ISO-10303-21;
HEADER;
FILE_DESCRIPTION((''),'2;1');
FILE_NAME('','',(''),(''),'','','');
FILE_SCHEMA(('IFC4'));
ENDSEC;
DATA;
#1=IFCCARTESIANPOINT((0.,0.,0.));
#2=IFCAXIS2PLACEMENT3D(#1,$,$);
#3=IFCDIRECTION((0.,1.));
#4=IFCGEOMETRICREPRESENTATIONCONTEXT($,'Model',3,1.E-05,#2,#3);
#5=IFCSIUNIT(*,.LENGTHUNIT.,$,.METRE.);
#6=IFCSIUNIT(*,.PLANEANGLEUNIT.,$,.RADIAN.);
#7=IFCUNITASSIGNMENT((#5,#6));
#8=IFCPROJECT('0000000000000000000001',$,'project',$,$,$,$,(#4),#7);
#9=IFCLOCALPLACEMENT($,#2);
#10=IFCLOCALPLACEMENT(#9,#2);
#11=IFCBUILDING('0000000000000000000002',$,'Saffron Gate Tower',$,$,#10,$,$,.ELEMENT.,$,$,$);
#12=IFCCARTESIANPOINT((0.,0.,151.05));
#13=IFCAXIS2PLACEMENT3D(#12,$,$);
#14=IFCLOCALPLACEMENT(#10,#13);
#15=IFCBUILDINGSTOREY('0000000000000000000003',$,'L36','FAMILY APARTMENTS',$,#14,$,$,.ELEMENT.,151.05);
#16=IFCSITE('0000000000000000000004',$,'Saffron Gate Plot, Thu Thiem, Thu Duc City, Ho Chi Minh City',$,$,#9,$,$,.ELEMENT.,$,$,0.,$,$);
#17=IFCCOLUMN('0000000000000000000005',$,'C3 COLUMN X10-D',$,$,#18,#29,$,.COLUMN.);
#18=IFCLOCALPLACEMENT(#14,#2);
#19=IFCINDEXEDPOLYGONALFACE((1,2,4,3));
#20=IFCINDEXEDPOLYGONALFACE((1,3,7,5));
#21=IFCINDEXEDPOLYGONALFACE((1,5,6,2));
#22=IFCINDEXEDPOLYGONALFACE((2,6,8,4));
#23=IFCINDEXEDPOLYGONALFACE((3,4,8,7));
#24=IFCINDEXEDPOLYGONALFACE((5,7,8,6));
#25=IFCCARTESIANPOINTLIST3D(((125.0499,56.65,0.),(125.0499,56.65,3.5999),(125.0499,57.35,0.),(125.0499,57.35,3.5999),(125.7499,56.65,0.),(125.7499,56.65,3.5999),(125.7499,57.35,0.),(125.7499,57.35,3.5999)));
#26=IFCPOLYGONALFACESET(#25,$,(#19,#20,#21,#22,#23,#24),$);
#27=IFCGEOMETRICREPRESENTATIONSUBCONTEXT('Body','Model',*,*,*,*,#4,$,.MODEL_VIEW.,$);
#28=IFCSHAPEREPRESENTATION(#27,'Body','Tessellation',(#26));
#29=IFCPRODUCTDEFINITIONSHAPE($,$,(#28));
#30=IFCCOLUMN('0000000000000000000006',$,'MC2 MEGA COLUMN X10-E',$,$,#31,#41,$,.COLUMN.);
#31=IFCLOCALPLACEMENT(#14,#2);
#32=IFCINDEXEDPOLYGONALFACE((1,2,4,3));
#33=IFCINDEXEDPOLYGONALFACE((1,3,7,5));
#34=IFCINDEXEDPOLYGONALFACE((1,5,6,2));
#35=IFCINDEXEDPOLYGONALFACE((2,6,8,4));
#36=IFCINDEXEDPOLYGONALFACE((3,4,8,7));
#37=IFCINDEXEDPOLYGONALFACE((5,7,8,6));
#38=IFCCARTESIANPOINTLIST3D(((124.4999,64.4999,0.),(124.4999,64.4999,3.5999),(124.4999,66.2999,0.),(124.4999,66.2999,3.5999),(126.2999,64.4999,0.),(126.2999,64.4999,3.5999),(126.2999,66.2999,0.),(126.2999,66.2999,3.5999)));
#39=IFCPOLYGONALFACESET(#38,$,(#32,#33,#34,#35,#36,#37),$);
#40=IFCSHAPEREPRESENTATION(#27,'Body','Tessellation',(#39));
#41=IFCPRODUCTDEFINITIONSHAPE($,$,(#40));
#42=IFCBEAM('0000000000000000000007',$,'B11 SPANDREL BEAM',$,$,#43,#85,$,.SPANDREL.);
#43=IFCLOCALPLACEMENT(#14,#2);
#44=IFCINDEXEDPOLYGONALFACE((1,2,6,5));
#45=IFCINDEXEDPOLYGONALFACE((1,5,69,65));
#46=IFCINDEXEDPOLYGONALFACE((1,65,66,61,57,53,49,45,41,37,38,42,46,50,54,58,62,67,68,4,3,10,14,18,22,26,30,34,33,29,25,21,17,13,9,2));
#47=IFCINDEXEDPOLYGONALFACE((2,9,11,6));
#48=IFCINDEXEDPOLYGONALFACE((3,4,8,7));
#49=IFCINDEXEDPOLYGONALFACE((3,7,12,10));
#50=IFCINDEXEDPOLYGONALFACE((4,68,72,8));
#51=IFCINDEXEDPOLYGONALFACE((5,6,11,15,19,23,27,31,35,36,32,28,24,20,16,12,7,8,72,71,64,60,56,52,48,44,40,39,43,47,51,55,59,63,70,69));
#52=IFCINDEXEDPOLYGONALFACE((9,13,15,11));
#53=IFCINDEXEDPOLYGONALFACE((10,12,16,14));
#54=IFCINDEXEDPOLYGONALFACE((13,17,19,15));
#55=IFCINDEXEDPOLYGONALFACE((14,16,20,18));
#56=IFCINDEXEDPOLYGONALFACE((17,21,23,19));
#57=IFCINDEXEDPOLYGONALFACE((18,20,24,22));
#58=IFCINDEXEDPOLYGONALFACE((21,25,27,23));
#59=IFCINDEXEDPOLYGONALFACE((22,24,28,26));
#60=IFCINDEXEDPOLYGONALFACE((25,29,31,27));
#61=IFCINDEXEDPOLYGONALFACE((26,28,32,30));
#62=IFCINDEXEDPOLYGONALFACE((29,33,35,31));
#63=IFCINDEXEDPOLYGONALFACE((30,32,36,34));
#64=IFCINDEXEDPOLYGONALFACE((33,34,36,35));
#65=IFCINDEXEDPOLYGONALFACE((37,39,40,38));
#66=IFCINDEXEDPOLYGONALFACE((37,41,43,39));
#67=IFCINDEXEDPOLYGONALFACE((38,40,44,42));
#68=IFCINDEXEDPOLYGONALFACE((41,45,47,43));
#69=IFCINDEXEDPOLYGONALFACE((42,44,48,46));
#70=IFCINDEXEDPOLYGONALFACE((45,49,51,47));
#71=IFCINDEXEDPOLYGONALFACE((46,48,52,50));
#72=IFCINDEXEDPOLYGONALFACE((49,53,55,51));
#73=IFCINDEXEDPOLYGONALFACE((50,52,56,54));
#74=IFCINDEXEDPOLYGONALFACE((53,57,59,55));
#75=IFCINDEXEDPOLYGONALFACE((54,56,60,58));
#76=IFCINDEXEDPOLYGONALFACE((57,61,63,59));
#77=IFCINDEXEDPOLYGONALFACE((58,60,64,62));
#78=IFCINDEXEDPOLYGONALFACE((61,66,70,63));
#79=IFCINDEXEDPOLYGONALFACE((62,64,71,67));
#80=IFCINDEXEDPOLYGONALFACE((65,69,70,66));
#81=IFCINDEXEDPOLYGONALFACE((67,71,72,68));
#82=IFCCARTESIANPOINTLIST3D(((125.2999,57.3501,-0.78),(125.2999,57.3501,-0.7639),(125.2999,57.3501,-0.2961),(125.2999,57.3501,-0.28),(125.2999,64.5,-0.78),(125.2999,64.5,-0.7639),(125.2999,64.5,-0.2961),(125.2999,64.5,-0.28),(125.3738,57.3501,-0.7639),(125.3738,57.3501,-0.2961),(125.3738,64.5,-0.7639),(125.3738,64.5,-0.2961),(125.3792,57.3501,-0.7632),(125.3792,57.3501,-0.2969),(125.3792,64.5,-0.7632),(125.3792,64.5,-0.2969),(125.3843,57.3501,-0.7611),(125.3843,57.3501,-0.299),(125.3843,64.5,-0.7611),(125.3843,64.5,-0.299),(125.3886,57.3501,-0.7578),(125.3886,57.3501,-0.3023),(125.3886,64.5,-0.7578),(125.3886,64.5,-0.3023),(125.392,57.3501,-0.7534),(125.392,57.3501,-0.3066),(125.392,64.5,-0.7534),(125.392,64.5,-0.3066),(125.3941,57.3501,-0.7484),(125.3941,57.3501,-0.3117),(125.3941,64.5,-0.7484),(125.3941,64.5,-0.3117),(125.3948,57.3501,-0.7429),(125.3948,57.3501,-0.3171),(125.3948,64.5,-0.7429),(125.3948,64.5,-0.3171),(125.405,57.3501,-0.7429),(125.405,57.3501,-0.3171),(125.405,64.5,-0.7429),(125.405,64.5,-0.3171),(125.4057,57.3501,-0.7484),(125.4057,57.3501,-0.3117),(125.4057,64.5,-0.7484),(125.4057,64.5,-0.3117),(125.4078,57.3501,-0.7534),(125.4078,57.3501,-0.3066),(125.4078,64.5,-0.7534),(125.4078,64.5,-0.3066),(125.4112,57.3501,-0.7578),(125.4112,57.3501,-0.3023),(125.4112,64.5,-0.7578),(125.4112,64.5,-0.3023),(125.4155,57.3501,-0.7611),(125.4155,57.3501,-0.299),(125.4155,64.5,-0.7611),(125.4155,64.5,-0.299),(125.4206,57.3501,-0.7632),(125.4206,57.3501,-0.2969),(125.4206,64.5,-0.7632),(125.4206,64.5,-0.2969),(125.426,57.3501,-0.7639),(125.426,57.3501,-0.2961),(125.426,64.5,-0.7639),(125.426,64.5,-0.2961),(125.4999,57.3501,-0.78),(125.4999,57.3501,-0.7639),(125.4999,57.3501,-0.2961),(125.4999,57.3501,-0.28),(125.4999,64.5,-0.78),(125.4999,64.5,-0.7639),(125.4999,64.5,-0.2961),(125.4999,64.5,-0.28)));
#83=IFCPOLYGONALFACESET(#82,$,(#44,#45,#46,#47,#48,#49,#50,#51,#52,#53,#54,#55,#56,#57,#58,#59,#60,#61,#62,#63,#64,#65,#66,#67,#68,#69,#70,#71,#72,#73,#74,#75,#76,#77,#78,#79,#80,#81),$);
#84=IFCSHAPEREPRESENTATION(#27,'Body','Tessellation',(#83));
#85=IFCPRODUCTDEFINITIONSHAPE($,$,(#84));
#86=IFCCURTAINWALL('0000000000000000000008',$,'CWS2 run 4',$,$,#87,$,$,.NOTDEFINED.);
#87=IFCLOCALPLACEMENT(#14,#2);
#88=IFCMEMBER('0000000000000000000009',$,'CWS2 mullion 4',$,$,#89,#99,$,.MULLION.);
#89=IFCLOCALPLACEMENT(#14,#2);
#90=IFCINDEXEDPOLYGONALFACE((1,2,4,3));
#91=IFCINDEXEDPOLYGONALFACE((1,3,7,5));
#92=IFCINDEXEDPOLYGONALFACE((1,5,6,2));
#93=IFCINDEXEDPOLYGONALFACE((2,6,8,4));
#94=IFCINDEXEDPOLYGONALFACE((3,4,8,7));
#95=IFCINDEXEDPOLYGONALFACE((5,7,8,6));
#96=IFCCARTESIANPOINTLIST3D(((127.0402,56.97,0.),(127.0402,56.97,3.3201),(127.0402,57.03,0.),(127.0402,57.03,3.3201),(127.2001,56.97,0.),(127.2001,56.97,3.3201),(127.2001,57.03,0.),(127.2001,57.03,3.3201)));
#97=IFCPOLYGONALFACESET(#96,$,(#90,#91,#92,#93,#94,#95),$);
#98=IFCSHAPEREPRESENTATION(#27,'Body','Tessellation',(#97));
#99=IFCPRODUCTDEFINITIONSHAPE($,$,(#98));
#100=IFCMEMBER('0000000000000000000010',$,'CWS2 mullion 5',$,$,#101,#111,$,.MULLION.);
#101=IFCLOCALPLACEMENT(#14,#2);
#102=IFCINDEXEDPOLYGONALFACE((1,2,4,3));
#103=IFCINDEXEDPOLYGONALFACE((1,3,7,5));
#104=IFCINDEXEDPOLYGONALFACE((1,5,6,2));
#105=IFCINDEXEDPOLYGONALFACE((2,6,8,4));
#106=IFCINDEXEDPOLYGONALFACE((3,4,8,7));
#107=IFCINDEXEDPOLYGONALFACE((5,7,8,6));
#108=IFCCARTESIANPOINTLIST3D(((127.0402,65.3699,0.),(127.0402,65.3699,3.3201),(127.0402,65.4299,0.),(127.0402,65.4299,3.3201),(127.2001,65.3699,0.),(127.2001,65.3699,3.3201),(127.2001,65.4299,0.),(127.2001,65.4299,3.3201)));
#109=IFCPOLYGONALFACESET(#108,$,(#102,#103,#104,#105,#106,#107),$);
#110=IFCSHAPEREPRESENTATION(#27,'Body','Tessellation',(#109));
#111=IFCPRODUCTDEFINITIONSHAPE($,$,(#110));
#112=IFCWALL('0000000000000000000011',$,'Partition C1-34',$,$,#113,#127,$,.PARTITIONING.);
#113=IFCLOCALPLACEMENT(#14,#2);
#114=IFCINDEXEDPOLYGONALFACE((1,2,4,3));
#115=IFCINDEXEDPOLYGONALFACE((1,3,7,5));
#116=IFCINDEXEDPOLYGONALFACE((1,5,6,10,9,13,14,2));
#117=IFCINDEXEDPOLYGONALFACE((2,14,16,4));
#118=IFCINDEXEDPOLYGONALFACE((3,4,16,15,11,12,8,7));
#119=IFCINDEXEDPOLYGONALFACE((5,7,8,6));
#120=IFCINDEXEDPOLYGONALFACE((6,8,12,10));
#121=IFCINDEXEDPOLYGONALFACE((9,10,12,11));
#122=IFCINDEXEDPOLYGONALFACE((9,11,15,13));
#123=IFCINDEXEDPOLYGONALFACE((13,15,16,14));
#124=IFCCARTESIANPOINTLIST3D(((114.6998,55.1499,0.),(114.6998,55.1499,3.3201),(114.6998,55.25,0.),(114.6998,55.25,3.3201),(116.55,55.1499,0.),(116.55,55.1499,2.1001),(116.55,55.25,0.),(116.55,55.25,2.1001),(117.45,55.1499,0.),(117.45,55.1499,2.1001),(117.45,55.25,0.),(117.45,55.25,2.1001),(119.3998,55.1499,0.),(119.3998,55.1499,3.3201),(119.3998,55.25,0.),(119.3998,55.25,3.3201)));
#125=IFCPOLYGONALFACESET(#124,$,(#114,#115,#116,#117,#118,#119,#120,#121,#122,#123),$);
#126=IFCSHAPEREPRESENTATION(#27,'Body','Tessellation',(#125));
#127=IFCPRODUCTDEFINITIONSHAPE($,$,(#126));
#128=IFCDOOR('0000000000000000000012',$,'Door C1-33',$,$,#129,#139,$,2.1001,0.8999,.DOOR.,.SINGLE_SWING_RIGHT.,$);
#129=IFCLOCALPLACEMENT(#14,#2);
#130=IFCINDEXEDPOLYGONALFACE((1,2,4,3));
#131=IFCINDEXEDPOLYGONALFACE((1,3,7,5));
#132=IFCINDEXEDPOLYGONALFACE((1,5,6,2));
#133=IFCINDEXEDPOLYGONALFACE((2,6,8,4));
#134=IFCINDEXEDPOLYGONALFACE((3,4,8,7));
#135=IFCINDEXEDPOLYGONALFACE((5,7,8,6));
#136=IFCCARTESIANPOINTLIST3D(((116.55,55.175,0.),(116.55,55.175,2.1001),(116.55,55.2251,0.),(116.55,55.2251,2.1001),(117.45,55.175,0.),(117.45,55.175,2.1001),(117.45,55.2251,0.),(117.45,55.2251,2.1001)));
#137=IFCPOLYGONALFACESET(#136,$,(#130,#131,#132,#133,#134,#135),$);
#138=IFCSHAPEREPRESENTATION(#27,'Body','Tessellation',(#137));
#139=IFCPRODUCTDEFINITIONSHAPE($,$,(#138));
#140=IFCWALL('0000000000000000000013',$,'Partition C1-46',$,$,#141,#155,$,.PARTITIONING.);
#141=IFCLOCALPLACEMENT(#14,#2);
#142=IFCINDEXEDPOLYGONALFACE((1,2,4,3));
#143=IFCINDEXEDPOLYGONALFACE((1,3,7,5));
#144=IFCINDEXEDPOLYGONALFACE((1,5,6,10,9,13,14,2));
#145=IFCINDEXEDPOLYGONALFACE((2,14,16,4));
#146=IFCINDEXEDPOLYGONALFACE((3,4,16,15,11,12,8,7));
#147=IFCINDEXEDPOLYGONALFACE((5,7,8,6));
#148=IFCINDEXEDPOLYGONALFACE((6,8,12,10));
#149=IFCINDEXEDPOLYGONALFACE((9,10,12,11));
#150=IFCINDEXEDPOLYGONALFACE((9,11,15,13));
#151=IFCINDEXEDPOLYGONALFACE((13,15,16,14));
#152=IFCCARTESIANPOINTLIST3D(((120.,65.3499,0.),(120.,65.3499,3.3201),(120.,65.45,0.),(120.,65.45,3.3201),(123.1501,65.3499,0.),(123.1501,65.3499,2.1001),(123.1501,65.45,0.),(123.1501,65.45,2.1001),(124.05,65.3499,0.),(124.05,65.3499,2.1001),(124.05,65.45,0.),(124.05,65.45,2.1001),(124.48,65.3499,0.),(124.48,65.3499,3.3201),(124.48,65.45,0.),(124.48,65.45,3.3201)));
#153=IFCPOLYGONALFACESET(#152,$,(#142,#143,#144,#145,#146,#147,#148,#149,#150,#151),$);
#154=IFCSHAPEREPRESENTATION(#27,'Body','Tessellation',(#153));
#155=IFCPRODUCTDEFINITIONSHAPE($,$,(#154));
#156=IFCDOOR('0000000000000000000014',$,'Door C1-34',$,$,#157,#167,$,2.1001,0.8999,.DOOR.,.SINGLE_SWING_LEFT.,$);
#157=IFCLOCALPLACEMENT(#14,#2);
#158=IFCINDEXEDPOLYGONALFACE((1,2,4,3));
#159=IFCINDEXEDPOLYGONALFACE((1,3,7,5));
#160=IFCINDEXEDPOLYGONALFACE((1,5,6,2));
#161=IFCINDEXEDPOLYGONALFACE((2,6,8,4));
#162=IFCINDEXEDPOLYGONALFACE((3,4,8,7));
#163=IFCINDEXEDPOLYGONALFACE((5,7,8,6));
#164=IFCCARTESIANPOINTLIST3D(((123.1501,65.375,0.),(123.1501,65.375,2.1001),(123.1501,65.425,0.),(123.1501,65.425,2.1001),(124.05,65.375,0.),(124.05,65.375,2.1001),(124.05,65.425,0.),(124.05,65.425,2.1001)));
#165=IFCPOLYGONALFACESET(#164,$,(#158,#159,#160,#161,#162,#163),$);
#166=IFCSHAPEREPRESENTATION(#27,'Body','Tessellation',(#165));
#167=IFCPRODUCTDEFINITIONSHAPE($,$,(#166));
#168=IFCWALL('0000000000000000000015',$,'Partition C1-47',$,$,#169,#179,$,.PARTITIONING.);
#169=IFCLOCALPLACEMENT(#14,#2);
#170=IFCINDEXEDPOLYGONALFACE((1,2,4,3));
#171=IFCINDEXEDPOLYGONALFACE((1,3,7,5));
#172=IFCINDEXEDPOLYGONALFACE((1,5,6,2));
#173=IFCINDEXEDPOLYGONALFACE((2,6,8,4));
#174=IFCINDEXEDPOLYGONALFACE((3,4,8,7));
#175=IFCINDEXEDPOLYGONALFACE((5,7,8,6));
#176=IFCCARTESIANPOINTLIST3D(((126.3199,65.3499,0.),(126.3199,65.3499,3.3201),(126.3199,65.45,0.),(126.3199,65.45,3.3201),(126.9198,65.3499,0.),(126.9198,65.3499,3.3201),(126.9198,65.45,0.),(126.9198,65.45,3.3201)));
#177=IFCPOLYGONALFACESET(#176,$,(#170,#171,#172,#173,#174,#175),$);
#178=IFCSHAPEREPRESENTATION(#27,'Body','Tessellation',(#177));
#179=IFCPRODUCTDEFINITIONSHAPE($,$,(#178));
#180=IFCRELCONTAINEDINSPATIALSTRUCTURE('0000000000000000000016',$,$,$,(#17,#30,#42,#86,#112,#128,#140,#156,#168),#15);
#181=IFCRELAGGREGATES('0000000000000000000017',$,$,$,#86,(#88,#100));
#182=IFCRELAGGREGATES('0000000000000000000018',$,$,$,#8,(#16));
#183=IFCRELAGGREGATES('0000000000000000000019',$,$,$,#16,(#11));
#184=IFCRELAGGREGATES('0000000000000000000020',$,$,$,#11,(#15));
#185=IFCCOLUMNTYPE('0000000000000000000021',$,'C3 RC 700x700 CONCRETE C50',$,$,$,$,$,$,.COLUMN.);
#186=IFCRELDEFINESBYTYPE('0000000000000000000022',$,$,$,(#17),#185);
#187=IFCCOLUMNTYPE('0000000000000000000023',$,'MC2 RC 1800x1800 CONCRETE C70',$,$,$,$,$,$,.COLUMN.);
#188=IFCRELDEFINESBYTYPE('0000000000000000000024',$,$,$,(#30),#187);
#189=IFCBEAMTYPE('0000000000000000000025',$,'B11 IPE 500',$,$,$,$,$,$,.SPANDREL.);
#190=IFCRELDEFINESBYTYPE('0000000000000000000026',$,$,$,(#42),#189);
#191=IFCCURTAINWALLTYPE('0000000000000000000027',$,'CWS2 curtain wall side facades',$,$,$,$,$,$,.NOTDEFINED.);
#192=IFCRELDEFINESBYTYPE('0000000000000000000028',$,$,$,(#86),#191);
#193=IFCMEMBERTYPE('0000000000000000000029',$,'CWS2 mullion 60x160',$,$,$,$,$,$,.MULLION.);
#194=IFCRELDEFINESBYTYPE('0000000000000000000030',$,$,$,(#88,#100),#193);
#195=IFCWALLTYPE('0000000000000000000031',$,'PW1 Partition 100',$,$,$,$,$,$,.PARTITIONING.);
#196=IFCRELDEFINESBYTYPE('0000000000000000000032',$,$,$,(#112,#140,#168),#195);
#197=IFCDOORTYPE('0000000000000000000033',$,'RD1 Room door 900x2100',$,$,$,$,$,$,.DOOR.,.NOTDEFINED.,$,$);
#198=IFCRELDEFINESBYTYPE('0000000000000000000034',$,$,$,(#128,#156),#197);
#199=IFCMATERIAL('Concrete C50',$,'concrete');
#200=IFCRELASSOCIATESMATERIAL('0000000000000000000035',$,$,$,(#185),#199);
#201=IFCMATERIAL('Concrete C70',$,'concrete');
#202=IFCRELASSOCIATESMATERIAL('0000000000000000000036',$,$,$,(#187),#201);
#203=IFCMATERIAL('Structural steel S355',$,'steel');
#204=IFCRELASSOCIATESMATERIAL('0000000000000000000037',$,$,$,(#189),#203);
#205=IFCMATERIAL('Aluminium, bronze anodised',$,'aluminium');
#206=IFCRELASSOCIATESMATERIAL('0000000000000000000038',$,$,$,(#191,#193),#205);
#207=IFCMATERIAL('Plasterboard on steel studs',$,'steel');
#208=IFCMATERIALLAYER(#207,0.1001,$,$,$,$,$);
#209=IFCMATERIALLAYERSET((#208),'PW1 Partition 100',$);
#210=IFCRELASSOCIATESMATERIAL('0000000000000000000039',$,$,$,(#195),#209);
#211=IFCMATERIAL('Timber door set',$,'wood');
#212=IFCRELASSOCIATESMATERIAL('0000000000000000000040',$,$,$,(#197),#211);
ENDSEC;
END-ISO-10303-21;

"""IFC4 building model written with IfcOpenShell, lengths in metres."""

from ifc_helpers import new_model, si_unit, direction, frame, frame_2d, origin, origin_2d, place, context, subcontext, project, spatial, rectangle, i_section, extrude, material, layer, layer_set, material_profile, profile_set, type_object, element, fill, aggregate, save


model = new_model("IFC4")

# Units and contexts
model_context = context("Model", 3, precision=1e-05, world=origin(), true_north=direction((0.0, 1.0)))
body_context = subcontext(model_context, "Body", "Model", "MODEL_VIEW")
ifc_project = project(units=[si_unit("LENGTHUNIT", "METRE"), si_unit("PLANEANGLEUNIT", "RADIAN")], contexts=[model_context])

# Site, building, storey
site_placement = place(None, origin())
site = spatial("IfcSite", under=ifc_project, at=site_placement, Name="Saffron Gate Plot, Thu Thiem, Thu Duc City, Ho Chi Minh City", CompositionType="ELEMENT", RefElevation=0.0)
building_placement = place(site_placement, origin())
building = spatial("IfcBuilding", under=site, at=building_placement, Name="Saffron Gate Tower", CompositionType="ELEMENT")
storey_placement = place(building_placement, frame((0.0, 0.0, 151.05)))
storey = spatial("IfcBuildingStorey", under=building, at=storey_placement, Name="L36", Description="FAMILY APARTMENTS", CompositionType="ELEMENT", Elevation=151.05)

# Columns
ifc_material_1 = material(Name="Concrete C50", Category="concrete")
ifc_material_profile_1 = material_profile(ifc_material_1, rectangle(XDim=0.7, YDim=0.7, at=origin_2d()))
ifc_profile_set_1 = profile_set([ifc_material_profile_1], Name="Concrete C50")
column_type_1 = type_object("IfcColumnType", Name="C3 RC 700x700 CONCRETE C50", PredefinedType="COLUMN", material=ifc_profile_set_1)
column_1_placement = place(storey_placement, frame((125.3999, 57.0, 0.0), z_axis=(0.0, 0.0, 1.0), x_axis=(1.0, 0.0, 0.0)))
element("IfcColumn", 1, at=column_1_placement, inside=storey, type_object=column_type_1, Name="C3 COLUMN X10-D", PredefinedType="COLUMN", context=body_context, shape_type="SweptSolid", body=[
    extrude(rectangle(XDim=0.7, YDim=0.7, at=origin_2d()), origin(), (0.0, 0.0, 1.0), 3.5999),
])
ifc_material_2 = material(Name="Concrete C70", Category="concrete")
ifc_material_profile_2 = material_profile(ifc_material_2, rectangle(XDim=1.8, YDim=1.8, at=origin_2d()))
ifc_profile_set_2 = profile_set([ifc_material_profile_2], Name="Concrete C70")
column_type_2 = type_object("IfcColumnType", Name="MC2 RC 1800x1800 CONCRETE C70", PredefinedType="COLUMN", material=ifc_profile_set_2)
column_2_placement = place(storey_placement, frame((125.3999, 65.3999, 0.0), z_axis=(0.0, 0.0, 1.0), x_axis=(1.0, 0.0, 0.0)))
element("IfcColumn", 2, at=column_2_placement, inside=storey, type_object=column_type_2, Name="MC2 MEGA COLUMN X10-E", PredefinedType="COLUMN", context=body_context, shape_type="SweptSolid", body=[
    extrude(rectangle(XDim=1.8, YDim=1.8, at=origin_2d()), origin(), (0.0, 0.0, 1.0), 3.5999),
])

# Beam
ifc_material_3 = material(Name="Structural steel S355", Category="steel")
ifc_material_profile_3 = material_profile(ifc_material_3, i_section(OverallWidth=0.2, OverallDepth=0.5, WebThickness=0.0103, FlangeThickness=0.0161, FilletRadius=0.021, at=origin_2d()))
ifc_profile_set_3 = profile_set([ifc_material_profile_3], Name="Structural steel S355")
beam_type = type_object("IfcBeamType", Name="B11 IPE 500", PredefinedType="SPANDREL", material=ifc_profile_set_3)
beam_placement = place(storey_placement, frame((125.3999, 57.3501, -0.53), z_axis=(0.0, 1.0, 0.0), x_axis=(-1.0, 0.0, 0.0)))
element("IfcBeam", 3, at=beam_placement, inside=storey, type_object=beam_type, Name="B11 SPANDREL BEAM", PredefinedType="SPANDREL", context=body_context, shape_type="SweptSolid", body=[
    extrude(i_section(OverallWidth=0.2, OverallDepth=0.5, WebThickness=0.0103, FlangeThickness=0.0161, FilletRadius=0.021, at=origin_2d()), origin(), (0.0, 0.0, 1.0), 7.1499),
])

# Curtain wall, members
ifc_material_4 = material(Name="Aluminium, bronze anodised", Category="aluminium")
curtain_wall_type = type_object("IfcCurtainWallType", Name="CWS2 curtain wall side facades", PredefinedType="NOTDEFINED", material=ifc_material_4)
curtain_wall_placement = place(storey_placement, origin())
curtain_wall = element("IfcCurtainWall", 4, at=curtain_wall_placement, inside=storey, type_object=curtain_wall_type, Name="CWS2 run 4", PredefinedType="NOTDEFINED")
ifc_material_profile_4 = material_profile(ifc_material_4, rectangle(XDim=0.1599, YDim=0.0601, at=origin_2d()))
ifc_profile_set_4 = profile_set([ifc_material_profile_4], Name="Aluminium, bronze anodised")
member_type = type_object("IfcMemberType", Name="CWS2 mullion 60x160", PredefinedType="MULLION", material=ifc_profile_set_4)
member_1_placement = place(storey_placement, frame((127.1201, 57.0, 0.0), z_axis=(0.0, 0.0, 1.0), x_axis=(-1.0, 0.0, 0.0)))
member_1 = element("IfcMember", 5, at=member_1_placement, type_object=member_type, Name="CWS2 mullion 4", PredefinedType="MULLION", context=body_context, shape_type="SweptSolid", body=[
    extrude(rectangle(XDim=0.1599, YDim=0.0601, at=origin_2d()), origin(), (0.0, 0.0, 1.0), 3.3201),
])
member_2_placement = place(storey_placement, frame((127.1201, 65.3999, 0.0), z_axis=(0.0, 0.0, 1.0), x_axis=(-1.0, 0.0, 0.0)))
member_2 = element("IfcMember", 6, at=member_2_placement, type_object=member_type, Name="CWS2 mullion 5", PredefinedType="MULLION", context=body_context, shape_type="SweptSolid", body=[
    extrude(rectangle(XDim=0.1599, YDim=0.0601, at=origin_2d()), origin(), (0.0, 0.0, 1.0), 3.3201),
])
aggregate(curtain_wall, [member_1, member_2])

# Walls, openings, doors
ifc_material_5 = material(Name="Plasterboard on steel studs", Category="steel")
ifc_layer = layer(ifc_material_5, 0.1001)
ifc_layer_set = layer_set([ifc_layer], Name="PW1 Partition 100")
wall_type = type_object("IfcWallType", Name="PW1 Partition 100", PredefinedType="PARTITIONING", material=ifc_layer_set)
wall_1_placement = place(storey_placement, frame((119.3999, 55.2, 0.0), z_axis=(0.0, 0.0, 1.0), x_axis=(-1.0, 0.0, 0.0)))
wall_1 = element("IfcWall", 7, at=wall_1_placement, inside=storey, type_object=wall_type, Name="Partition C1-34", PredefinedType="PARTITIONING", context=body_context, shape_type="SweptSolid", body=[
    extrude(rectangle(XDim=4.7, YDim=0.1001, at=frame_2d((2.3501, 0.0))), origin(), (0.0, 0.0, 1.0), 3.3201),
])
opening_1_placement = place(wall_1_placement, frame((1.95, 0.0, 0.0)))
opening_1 = element("IfcOpeningElement", 8, at=opening_1_placement, cuts=wall_1, PredefinedType="OPENING", context=body_context, shape_type="SweptSolid", body=[
    extrude(rectangle(XDim=0.8999, YDim=2.1001, at=frame_2d((0.45, 1.05))), frame((0.0, 0.0601, 0.0), z_axis=(0.0, -1.0, 0.0), x_axis=(1.0, 0.0, 0.0)), (0.0, 0.0, 1.0), 0.1201),
])
ifc_material_6 = material(Name="Timber door set", Category="wood")
door_type_1 = type_object("IfcDoorType", Name="RD1 Room door 900x2100", OperationType="NOTDEFINED", PredefinedType="DOOR", material=ifc_material_6)
door_1_placement = place(opening_1_placement, origin())
door_1 = element("IfcDoor", 9, at=door_1_placement, inside=storey, type_object=door_type_1, Name="Door C1-33", OperationType="SINGLE_SWING_RIGHT", OverallHeight=2.1001, OverallWidth=0.8999, PredefinedType="DOOR", context=body_context, shape_type="SweptSolid", body=[
    extrude(rectangle(XDim=0.8999, YDim=2.1001, at=frame_2d((0.45, 1.05))), frame((0.0, 0.0249, 0.0), z_axis=(0.0, -1.0, 0.0), x_axis=(1.0, 0.0, 0.0)), (0.0, 0.0, 1.0), 0.05),
])
fill(opening_1, door_1)
wall_2_placement = place(storey_placement, frame((124.48, 65.3999, 0.0), z_axis=(0.0, 0.0, 1.0), x_axis=(-1.0, 0.0, 0.0)))
wall_2 = element("IfcWall", 10, at=wall_2_placement, inside=storey, type_object=wall_type, Name="Partition C1-46", PredefinedType="PARTITIONING", context=body_context, shape_type="SweptSolid", body=[
    extrude(rectangle(XDim=4.48, YDim=0.1001, at=frame_2d((2.24, 0.0))), origin(), (0.0, 0.0, 1.0), 3.3201),
])
opening_2_placement = place(wall_2_placement, frame((0.4299, 0.0, 0.0)))
opening_2 = element("IfcOpeningElement", 11, at=opening_2_placement, cuts=wall_2, PredefinedType="OPENING", context=body_context, shape_type="SweptSolid", body=[
    extrude(rectangle(XDim=0.8999, YDim=2.1001, at=frame_2d((0.45, 1.05))), frame((0.0, 0.0601, 0.0), z_axis=(0.0, -1.0, 0.0), x_axis=(1.0, 0.0, 0.0)), (0.0, 0.0, 1.0), 0.1201),
])
door_2_placement = place(opening_2_placement, origin())
door_2 = element("IfcDoor", 12, at=door_2_placement, inside=storey, type_object=door_type_1, Name="Door C1-34", OperationType="SINGLE_SWING_LEFT", OverallHeight=2.1001, OverallWidth=0.8999, PredefinedType="DOOR", context=body_context, shape_type="SweptSolid", body=[
    extrude(rectangle(XDim=0.8999, YDim=2.1001, at=frame_2d((0.45, 1.05))), frame((0.0, 0.0249, 0.0), z_axis=(0.0, -1.0, 0.0), x_axis=(1.0, 0.0, 0.0)), (0.0, 0.0, 1.0), 0.05),
])
fill(opening_2, door_2)

# Wall
wall_3_placement = place(storey_placement, frame((126.3201, 65.3999, 0.0), z_axis=(0.0, 0.0, 1.0), x_axis=(1.0, 0.0, 0.0)))
element("IfcWall", 13, at=wall_3_placement, inside=storey, type_object=wall_type, Name="Partition C1-47", PredefinedType="PARTITIONING", context=body_context, shape_type="SweptSolid", body=[
    extrude(rectangle(XDim=0.5999, YDim=0.1001, at=frame_2d((0.2998, 0.0))), origin(), (0.0, 0.0, 1.0), 3.3201),
])

save(model, "model.ifc")
